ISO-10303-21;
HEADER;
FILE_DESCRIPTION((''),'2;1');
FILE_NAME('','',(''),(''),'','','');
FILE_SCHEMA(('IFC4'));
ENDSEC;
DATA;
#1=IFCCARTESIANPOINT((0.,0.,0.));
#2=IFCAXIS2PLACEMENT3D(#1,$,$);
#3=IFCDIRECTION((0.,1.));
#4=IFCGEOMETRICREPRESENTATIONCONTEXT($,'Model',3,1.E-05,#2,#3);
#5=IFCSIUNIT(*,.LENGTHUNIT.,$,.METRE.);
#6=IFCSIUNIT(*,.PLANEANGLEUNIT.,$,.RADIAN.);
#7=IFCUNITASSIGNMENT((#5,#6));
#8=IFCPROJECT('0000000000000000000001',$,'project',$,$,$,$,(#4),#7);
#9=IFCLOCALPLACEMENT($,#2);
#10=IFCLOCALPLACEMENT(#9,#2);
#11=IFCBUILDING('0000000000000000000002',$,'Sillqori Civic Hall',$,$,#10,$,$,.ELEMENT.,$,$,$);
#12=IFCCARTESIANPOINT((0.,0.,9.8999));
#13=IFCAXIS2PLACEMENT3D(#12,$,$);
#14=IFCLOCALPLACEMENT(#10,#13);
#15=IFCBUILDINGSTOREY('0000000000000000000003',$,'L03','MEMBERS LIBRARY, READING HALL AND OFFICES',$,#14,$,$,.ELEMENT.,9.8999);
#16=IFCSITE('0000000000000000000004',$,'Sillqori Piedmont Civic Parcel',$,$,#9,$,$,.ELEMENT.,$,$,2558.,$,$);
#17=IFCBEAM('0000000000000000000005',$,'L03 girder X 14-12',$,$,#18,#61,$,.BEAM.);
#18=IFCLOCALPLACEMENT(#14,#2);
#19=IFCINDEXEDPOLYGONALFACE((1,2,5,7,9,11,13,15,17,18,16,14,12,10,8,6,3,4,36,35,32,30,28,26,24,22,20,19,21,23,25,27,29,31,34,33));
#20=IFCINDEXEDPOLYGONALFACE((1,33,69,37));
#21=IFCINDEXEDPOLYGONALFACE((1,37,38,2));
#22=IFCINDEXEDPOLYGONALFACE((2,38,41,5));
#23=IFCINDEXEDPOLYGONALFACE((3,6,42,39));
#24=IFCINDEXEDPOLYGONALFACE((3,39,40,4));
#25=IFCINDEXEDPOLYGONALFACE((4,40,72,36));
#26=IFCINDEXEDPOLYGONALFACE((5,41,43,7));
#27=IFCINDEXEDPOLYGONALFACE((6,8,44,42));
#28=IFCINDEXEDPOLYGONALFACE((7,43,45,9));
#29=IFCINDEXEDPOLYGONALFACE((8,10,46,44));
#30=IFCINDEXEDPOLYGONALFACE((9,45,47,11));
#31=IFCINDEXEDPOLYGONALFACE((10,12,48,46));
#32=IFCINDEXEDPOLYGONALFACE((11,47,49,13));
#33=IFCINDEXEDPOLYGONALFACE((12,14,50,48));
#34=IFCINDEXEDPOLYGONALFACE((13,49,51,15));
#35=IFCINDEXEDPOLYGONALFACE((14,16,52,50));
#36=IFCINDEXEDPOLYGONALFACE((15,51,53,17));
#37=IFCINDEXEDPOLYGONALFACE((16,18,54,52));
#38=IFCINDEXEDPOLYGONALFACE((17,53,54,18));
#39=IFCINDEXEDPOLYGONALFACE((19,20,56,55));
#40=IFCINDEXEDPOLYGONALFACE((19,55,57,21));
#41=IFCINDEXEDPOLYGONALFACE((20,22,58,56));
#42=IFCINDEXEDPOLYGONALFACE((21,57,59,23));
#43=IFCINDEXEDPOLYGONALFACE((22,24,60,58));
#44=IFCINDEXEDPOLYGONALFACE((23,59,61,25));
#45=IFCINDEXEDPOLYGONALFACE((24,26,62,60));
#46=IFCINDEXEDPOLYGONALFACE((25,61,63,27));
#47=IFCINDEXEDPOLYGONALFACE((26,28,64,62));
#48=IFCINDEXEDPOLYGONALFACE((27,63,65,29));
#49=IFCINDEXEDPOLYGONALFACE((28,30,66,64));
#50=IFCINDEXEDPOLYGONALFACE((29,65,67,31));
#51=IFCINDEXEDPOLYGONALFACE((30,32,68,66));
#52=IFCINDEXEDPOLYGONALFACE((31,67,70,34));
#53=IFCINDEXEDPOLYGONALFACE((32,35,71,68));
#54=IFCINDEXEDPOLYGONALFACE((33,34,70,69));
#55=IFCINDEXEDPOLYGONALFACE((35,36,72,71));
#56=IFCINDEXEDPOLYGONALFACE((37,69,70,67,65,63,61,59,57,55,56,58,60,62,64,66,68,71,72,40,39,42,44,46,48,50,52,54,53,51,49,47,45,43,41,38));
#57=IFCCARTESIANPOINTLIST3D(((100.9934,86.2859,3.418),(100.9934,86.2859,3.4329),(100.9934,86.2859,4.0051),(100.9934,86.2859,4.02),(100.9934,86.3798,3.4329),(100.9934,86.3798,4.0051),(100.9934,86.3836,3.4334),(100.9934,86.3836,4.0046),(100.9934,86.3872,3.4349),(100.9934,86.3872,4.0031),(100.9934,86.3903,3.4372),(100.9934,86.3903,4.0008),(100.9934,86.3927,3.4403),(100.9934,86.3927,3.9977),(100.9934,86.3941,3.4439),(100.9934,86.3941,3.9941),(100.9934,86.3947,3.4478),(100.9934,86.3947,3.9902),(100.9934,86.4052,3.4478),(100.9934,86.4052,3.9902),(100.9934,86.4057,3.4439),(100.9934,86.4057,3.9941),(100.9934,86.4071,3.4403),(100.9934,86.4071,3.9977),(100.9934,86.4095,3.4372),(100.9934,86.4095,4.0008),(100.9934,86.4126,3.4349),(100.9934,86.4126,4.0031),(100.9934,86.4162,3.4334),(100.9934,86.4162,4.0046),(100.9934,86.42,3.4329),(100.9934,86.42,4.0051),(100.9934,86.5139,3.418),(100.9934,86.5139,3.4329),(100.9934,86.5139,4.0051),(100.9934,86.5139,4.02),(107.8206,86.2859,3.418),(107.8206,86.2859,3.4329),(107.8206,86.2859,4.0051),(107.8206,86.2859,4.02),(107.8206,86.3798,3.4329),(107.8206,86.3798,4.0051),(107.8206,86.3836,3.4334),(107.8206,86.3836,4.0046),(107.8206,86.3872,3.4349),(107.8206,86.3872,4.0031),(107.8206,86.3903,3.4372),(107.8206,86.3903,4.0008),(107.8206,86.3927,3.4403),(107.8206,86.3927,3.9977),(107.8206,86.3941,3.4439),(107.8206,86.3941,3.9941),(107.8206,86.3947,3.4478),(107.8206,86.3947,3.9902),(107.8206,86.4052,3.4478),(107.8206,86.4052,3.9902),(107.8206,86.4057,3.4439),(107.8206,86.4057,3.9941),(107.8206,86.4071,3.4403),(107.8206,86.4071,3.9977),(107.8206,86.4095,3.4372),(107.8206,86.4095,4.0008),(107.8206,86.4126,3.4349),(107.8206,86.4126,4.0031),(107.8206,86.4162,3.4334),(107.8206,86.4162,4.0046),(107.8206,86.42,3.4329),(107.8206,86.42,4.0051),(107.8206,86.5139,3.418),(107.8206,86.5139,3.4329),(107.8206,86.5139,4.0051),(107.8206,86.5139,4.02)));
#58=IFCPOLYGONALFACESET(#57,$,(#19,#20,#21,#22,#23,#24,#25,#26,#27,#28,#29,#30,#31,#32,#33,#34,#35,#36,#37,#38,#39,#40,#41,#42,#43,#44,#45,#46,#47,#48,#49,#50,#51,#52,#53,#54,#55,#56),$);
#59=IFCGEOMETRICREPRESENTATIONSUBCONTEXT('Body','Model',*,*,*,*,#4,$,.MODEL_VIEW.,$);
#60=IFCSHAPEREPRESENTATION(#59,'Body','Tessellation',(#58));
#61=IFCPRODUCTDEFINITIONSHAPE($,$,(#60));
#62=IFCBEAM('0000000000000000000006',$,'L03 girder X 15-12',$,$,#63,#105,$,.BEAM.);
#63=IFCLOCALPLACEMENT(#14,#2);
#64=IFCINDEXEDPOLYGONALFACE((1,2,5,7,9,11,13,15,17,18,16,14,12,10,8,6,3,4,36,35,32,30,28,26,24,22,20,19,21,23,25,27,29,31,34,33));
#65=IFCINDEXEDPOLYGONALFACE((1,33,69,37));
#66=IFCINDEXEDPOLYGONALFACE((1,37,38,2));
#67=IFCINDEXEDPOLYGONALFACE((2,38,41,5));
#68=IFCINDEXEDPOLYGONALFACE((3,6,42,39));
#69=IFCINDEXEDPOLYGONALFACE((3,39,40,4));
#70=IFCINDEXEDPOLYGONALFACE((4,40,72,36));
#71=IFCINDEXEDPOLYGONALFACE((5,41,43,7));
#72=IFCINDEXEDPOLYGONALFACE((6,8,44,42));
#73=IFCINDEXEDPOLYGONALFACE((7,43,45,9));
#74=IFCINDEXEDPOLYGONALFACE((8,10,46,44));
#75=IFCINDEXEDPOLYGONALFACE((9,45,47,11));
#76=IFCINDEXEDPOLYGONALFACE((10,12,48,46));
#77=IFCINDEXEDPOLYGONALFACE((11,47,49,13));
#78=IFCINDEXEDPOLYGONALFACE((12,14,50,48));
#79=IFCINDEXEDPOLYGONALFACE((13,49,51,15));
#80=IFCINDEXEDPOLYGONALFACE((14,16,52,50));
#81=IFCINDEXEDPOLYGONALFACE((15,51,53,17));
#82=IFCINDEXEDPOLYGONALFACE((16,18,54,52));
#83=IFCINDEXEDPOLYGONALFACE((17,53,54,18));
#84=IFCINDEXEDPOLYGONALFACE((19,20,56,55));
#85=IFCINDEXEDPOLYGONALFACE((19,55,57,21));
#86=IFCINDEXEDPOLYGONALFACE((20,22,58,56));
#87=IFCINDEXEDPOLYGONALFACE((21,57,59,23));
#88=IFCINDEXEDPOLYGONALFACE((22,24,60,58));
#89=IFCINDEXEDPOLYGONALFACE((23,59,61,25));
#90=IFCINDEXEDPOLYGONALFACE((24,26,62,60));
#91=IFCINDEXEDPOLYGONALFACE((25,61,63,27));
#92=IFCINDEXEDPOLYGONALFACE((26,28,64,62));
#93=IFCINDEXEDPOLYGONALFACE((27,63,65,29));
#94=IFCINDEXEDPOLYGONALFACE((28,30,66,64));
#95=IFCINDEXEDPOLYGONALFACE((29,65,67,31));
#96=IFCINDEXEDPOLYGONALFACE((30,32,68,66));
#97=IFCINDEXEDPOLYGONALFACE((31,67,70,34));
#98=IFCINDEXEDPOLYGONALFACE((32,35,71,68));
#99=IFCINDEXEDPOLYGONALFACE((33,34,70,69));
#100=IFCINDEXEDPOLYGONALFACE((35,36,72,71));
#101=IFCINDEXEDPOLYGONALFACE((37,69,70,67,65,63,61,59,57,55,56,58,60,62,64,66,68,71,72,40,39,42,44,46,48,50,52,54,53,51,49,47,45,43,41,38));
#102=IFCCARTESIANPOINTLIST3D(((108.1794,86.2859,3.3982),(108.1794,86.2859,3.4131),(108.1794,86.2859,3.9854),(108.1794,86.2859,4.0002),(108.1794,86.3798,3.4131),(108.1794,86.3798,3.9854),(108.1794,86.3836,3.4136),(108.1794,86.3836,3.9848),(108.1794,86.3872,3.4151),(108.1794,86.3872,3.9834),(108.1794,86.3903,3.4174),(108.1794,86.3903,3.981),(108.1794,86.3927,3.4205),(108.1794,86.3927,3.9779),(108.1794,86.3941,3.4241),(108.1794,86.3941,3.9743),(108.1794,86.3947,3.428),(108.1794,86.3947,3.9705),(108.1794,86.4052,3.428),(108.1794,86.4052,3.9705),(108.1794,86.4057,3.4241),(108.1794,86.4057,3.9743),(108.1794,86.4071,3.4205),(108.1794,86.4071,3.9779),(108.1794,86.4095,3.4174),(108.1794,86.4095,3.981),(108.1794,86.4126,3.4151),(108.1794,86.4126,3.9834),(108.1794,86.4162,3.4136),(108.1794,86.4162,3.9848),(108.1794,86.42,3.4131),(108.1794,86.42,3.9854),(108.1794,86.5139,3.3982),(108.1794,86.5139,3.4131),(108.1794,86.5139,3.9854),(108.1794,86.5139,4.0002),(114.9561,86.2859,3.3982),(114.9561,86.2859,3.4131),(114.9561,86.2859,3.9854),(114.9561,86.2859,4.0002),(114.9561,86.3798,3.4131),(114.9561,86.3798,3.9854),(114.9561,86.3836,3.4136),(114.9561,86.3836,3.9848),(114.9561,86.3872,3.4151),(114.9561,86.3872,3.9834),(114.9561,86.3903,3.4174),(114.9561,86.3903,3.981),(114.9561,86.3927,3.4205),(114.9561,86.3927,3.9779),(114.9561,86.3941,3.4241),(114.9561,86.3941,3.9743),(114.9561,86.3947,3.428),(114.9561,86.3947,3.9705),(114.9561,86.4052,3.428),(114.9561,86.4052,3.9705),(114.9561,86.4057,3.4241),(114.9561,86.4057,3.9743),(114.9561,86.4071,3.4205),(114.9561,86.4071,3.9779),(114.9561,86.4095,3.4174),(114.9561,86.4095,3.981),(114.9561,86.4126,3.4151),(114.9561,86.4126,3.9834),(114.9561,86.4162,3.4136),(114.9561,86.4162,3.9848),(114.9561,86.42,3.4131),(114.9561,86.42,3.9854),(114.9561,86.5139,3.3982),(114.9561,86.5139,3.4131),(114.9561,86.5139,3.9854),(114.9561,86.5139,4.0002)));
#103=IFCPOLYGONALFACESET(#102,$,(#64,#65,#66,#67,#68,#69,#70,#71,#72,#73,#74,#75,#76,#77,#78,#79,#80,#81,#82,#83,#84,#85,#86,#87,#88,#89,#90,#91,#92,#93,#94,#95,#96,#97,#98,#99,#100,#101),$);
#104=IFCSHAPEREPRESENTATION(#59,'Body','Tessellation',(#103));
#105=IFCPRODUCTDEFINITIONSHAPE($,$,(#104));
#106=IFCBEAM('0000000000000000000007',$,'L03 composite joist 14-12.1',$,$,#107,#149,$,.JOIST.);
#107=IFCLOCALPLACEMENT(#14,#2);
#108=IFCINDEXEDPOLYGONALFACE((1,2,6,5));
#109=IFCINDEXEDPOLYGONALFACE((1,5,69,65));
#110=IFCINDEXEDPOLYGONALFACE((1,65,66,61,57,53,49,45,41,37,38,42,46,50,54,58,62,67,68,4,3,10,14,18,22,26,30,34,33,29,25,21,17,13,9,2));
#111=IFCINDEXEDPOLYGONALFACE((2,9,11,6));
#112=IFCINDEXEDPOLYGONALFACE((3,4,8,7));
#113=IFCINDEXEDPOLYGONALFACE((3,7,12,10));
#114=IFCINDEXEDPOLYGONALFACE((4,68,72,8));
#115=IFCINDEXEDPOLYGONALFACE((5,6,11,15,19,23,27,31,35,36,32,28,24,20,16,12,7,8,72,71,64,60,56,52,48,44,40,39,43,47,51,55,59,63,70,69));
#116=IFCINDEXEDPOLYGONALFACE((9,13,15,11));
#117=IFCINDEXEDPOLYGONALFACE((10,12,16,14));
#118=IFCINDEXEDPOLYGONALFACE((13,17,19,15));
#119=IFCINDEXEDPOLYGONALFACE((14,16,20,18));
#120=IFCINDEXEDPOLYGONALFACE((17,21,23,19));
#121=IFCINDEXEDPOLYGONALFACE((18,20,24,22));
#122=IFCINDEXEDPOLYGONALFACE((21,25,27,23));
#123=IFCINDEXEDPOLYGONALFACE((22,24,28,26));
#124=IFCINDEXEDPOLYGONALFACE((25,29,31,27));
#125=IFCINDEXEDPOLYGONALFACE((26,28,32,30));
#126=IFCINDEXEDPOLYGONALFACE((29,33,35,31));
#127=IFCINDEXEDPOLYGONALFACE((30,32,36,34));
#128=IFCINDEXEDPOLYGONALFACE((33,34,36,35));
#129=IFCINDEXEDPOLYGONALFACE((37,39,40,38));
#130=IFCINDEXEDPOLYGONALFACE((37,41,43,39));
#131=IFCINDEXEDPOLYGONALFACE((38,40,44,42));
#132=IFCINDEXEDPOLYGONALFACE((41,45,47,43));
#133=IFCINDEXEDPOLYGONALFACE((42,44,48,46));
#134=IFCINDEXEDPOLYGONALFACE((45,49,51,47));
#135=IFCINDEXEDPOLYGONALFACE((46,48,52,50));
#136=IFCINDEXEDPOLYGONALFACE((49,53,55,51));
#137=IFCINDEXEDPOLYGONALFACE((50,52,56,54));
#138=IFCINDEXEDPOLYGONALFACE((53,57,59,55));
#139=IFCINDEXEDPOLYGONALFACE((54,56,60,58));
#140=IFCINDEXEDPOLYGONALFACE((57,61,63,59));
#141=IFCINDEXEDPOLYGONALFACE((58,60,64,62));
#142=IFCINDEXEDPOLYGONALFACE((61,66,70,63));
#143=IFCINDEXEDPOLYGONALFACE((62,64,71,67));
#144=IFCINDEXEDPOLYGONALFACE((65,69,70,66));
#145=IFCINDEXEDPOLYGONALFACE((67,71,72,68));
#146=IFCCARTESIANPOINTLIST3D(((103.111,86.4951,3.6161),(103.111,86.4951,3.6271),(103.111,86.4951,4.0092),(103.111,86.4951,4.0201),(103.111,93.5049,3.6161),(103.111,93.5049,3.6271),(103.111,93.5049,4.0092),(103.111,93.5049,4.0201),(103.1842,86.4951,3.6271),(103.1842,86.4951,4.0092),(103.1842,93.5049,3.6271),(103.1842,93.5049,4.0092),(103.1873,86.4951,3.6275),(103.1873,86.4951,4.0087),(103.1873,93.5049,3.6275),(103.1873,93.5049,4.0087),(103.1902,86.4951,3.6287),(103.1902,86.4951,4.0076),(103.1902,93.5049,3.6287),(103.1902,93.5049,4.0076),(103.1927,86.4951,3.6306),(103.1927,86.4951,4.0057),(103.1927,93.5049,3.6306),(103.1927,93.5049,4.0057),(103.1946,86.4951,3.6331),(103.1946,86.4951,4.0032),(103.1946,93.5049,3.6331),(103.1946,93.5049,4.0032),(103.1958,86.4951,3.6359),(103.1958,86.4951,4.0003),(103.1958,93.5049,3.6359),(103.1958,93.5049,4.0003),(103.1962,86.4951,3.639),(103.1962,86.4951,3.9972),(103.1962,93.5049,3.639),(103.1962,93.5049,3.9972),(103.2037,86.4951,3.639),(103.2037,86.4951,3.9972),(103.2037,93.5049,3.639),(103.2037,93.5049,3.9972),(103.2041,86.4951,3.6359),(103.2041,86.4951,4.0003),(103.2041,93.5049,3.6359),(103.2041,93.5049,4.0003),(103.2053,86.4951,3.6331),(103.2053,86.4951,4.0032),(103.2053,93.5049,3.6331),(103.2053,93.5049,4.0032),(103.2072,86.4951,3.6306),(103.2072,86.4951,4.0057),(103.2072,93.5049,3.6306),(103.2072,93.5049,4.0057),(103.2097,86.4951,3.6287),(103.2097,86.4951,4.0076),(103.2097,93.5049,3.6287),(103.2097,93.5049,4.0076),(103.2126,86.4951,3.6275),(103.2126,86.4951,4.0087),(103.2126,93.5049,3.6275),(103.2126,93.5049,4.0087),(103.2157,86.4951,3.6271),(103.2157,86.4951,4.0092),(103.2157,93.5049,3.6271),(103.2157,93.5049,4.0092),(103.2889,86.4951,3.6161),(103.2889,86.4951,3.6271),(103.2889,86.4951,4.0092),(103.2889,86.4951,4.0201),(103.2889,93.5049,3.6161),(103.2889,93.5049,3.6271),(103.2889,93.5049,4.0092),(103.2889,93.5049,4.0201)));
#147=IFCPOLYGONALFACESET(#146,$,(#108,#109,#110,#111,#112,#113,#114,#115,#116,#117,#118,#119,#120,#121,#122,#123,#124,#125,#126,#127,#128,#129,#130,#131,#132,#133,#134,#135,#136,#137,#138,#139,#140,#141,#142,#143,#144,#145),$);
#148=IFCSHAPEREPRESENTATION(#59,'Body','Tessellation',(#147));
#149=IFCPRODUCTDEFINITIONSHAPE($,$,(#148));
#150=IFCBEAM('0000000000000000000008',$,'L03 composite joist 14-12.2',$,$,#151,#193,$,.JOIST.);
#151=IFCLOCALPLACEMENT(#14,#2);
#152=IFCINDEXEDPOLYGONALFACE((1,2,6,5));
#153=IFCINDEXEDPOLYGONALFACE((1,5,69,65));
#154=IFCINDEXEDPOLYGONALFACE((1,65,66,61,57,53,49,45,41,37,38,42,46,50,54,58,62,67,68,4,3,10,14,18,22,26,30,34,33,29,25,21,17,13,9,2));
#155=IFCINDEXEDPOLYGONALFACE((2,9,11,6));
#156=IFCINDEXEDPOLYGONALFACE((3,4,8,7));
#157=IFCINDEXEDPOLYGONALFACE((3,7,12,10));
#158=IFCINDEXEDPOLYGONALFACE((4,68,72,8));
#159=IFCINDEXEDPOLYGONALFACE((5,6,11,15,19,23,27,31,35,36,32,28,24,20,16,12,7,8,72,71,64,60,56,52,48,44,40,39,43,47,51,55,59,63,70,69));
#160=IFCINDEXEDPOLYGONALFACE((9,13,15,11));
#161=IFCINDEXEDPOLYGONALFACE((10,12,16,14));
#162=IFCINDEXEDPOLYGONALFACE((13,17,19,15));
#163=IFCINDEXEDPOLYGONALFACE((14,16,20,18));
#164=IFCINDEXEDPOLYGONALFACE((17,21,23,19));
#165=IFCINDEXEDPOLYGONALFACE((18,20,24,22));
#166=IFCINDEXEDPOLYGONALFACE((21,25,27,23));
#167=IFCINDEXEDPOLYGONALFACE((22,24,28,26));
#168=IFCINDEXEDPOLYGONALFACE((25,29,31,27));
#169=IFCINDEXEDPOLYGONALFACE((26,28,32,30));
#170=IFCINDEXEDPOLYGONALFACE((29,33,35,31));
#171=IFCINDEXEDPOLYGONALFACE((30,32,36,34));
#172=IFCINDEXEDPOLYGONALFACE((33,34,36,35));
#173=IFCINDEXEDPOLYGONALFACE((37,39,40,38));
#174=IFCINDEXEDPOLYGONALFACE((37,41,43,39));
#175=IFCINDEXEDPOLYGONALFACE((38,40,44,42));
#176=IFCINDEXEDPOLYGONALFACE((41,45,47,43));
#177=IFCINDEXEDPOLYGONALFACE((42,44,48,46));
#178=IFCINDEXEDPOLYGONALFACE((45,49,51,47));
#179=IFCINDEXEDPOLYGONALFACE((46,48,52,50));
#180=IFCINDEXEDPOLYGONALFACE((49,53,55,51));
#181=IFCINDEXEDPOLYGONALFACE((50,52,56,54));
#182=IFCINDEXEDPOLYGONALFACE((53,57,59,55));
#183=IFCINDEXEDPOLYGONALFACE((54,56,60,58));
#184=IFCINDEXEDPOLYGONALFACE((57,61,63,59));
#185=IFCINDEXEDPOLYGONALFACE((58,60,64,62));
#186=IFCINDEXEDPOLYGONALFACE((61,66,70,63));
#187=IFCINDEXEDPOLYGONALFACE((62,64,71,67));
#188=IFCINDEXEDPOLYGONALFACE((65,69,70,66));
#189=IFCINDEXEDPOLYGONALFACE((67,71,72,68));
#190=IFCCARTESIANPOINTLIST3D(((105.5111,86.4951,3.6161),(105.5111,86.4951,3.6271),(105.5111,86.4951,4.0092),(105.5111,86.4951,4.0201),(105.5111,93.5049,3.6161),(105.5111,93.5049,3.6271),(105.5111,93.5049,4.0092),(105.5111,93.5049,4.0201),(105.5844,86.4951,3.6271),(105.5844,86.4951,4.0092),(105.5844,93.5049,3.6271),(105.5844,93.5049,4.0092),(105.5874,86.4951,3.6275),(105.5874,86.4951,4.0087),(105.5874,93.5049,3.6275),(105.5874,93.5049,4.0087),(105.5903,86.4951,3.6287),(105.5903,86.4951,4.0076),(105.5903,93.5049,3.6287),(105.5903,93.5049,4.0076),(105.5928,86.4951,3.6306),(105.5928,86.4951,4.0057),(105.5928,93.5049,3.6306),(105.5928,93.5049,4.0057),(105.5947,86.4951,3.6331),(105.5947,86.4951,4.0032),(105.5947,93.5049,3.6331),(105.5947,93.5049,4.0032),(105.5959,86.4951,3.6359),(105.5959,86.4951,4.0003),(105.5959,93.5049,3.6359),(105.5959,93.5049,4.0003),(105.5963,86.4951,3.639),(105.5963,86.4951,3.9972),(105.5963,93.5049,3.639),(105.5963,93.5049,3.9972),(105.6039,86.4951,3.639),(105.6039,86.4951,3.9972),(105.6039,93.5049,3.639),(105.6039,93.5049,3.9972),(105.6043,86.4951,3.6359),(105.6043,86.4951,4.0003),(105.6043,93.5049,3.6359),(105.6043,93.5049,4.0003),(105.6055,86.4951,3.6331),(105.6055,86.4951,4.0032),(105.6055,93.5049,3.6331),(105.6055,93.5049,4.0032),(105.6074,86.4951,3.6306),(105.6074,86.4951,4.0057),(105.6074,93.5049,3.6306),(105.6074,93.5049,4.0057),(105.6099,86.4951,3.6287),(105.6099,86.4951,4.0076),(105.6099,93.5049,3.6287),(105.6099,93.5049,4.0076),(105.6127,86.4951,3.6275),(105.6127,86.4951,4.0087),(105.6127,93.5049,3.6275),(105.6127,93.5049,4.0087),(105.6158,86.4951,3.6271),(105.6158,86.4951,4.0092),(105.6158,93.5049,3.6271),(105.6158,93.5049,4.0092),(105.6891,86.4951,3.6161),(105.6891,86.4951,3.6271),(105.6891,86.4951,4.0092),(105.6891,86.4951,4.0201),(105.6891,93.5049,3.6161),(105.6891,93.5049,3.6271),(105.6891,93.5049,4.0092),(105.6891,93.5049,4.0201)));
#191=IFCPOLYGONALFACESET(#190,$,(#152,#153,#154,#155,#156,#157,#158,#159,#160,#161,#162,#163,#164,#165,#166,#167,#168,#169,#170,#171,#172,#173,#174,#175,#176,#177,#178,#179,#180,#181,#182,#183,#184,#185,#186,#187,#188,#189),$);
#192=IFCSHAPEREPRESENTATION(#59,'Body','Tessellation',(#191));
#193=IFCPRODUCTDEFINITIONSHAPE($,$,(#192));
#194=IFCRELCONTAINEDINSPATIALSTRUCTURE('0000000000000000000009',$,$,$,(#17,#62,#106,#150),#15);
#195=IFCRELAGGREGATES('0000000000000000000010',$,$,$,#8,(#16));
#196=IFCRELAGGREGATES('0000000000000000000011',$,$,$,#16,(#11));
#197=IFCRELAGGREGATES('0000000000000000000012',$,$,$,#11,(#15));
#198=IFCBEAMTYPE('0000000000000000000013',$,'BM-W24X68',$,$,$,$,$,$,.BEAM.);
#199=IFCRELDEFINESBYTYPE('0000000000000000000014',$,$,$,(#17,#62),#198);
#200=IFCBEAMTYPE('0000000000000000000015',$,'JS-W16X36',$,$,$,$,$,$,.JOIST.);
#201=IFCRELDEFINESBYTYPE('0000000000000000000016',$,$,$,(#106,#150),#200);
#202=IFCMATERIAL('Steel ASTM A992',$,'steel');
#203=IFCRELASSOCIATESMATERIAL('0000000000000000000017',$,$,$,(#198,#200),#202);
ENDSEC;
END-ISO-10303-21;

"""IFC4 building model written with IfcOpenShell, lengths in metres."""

from ifc_helpers import new_model, si_unit, direction, frame, origin, origin_2d, place, context, subcontext, project, spatial, i_section, extrude, material, material_profile, profile_set, type_object, element, save


model = new_model("IFC4")

# Units and contexts
model_context = context("Model", 3, precision=1e-05, world=origin(), true_north=direction((0.0, 1.0)))
body_context = subcontext(model_context, "Body", "Model", "MODEL_VIEW")
ifc_project = project(units=[si_unit("LENGTHUNIT", "METRE"), si_unit("PLANEANGLEUNIT", "RADIAN")], contexts=[model_context])

# Site, building, storey
site_placement = place(None, origin())
site = spatial("IfcSite", under=ifc_project, at=site_placement, Name="Sillqori Piedmont Civic Parcel", CompositionType="ELEMENT", RefElevation=2558.0)
building_placement = place(site_placement, origin())
building = spatial("IfcBuilding", under=site, at=building_placement, Name="Sillqori Civic Hall", CompositionType="ELEMENT")
storey_placement = place(building_placement, frame((0.0, 0.0, 9.8999)))
storey = spatial("IfcBuildingStorey", under=building, at=storey_placement, Name="L03", Description="MEMBERS LIBRARY, READING HALL AND OFFICES", CompositionType="ELEMENT", Elevation=9.8999)

# Shared definitions
ifc_material_1 = material(Name="Steel ASTM A992", Category="steel")

# Beams
ifc_material_profile_1 = material_profile(ifc_material_1, i_section(OverallWidth=0.228, OverallDepth=0.6021, WebThickness=0.0105, FlangeThickness=0.0149, FilletRadius=0.0149, at=origin_2d()), Name="W24X68")
ifc_profile_set_1 = profile_set([ifc_material_profile_1], Name="Steel ASTM A992")
beam_type_1 = type_object("IfcBeamType", Name="BM-W24X68", PredefinedType="BEAM", material=ifc_profile_set_1)
beam_1_placement = place(storey_placement, frame((100.9934, 86.3999, 3.719), z_axis=(1.0, 0.0, 0.0), x_axis=(0.0, 1.0, 0.0)))
element("IfcBeam", 1, at=beam_1_placement, inside=storey, type_object=beam_type_1, Name="L03 girder X 14-12", PredefinedType="BEAM", context=body_context, shape_type="SweptSolid", body=[
    extrude(i_section(OverallWidth=0.228, OverallDepth=0.6021, WebThickness=0.0105, FlangeThickness=0.0149, FilletRadius=0.0149, at=origin_2d()), origin(), (0.0, 0.0, 1.0), 6.8271),
])
beam_2_placement = place(storey_placement, frame((108.1794, 86.3999, 3.6992), z_axis=(1.0, 0.0, 0.0), x_axis=(0.0, 1.0, 0.0)))
element("IfcBeam", 2, at=beam_2_placement, inside=storey, type_object=beam_type_1, Name="L03 girder X 15-12", PredefinedType="BEAM", context=body_context, shape_type="SweptSolid", body=[
    extrude(i_section(OverallWidth=0.228, OverallDepth=0.6021, WebThickness=0.0105, FlangeThickness=0.0149, FilletRadius=0.0149, at=origin_2d()), origin(), (0.0, 0.0, 1.0), 6.7766),
])
ifc_material_profile_2 = material_profile(ifc_material_1, i_section(OverallWidth=0.178, OverallDepth=0.4041, WebThickness=0.0076, FlangeThickness=0.011, FilletRadius=0.012, at=origin_2d()), Name="W16X36")
ifc_profile_set_2 = profile_set([ifc_material_profile_2], Name="Steel ASTM A992")
beam_type_2 = type_object("IfcBeamType", Name="JS-W16X36", PredefinedType="JOIST", material=ifc_profile_set_2)
for number, where, z_axis, x_axis, name in (
    (3, (103.2, 86.4951, 3.8181), (0.0, 1.0, 0.0), (-1.0, 0.0, 0.0), "L03 composite joist 14-12.1"),
    (4, (105.6001, 86.4951, 3.8181), (0.0, 1.0, 0.0), (-1.0, 0.0, 0.0), "L03 composite joist 14-12.2"),
):
    element("IfcBeam", number, at=place(storey_placement, frame(where, z_axis=z_axis, x_axis=x_axis)), inside=storey, type_object=beam_type_2, Name=name, PredefinedType="JOIST", context=body_context, shape_type="SweptSolid", body=[
        extrude(i_section(OverallWidth=0.178, OverallDepth=0.4041, WebThickness=0.0076, FlangeThickness=0.011, FilletRadius=0.012, at=origin_2d()), origin(), (0.0, 0.0, 1.0), 7.0098),
    ])

save(model, "model.ifc")
